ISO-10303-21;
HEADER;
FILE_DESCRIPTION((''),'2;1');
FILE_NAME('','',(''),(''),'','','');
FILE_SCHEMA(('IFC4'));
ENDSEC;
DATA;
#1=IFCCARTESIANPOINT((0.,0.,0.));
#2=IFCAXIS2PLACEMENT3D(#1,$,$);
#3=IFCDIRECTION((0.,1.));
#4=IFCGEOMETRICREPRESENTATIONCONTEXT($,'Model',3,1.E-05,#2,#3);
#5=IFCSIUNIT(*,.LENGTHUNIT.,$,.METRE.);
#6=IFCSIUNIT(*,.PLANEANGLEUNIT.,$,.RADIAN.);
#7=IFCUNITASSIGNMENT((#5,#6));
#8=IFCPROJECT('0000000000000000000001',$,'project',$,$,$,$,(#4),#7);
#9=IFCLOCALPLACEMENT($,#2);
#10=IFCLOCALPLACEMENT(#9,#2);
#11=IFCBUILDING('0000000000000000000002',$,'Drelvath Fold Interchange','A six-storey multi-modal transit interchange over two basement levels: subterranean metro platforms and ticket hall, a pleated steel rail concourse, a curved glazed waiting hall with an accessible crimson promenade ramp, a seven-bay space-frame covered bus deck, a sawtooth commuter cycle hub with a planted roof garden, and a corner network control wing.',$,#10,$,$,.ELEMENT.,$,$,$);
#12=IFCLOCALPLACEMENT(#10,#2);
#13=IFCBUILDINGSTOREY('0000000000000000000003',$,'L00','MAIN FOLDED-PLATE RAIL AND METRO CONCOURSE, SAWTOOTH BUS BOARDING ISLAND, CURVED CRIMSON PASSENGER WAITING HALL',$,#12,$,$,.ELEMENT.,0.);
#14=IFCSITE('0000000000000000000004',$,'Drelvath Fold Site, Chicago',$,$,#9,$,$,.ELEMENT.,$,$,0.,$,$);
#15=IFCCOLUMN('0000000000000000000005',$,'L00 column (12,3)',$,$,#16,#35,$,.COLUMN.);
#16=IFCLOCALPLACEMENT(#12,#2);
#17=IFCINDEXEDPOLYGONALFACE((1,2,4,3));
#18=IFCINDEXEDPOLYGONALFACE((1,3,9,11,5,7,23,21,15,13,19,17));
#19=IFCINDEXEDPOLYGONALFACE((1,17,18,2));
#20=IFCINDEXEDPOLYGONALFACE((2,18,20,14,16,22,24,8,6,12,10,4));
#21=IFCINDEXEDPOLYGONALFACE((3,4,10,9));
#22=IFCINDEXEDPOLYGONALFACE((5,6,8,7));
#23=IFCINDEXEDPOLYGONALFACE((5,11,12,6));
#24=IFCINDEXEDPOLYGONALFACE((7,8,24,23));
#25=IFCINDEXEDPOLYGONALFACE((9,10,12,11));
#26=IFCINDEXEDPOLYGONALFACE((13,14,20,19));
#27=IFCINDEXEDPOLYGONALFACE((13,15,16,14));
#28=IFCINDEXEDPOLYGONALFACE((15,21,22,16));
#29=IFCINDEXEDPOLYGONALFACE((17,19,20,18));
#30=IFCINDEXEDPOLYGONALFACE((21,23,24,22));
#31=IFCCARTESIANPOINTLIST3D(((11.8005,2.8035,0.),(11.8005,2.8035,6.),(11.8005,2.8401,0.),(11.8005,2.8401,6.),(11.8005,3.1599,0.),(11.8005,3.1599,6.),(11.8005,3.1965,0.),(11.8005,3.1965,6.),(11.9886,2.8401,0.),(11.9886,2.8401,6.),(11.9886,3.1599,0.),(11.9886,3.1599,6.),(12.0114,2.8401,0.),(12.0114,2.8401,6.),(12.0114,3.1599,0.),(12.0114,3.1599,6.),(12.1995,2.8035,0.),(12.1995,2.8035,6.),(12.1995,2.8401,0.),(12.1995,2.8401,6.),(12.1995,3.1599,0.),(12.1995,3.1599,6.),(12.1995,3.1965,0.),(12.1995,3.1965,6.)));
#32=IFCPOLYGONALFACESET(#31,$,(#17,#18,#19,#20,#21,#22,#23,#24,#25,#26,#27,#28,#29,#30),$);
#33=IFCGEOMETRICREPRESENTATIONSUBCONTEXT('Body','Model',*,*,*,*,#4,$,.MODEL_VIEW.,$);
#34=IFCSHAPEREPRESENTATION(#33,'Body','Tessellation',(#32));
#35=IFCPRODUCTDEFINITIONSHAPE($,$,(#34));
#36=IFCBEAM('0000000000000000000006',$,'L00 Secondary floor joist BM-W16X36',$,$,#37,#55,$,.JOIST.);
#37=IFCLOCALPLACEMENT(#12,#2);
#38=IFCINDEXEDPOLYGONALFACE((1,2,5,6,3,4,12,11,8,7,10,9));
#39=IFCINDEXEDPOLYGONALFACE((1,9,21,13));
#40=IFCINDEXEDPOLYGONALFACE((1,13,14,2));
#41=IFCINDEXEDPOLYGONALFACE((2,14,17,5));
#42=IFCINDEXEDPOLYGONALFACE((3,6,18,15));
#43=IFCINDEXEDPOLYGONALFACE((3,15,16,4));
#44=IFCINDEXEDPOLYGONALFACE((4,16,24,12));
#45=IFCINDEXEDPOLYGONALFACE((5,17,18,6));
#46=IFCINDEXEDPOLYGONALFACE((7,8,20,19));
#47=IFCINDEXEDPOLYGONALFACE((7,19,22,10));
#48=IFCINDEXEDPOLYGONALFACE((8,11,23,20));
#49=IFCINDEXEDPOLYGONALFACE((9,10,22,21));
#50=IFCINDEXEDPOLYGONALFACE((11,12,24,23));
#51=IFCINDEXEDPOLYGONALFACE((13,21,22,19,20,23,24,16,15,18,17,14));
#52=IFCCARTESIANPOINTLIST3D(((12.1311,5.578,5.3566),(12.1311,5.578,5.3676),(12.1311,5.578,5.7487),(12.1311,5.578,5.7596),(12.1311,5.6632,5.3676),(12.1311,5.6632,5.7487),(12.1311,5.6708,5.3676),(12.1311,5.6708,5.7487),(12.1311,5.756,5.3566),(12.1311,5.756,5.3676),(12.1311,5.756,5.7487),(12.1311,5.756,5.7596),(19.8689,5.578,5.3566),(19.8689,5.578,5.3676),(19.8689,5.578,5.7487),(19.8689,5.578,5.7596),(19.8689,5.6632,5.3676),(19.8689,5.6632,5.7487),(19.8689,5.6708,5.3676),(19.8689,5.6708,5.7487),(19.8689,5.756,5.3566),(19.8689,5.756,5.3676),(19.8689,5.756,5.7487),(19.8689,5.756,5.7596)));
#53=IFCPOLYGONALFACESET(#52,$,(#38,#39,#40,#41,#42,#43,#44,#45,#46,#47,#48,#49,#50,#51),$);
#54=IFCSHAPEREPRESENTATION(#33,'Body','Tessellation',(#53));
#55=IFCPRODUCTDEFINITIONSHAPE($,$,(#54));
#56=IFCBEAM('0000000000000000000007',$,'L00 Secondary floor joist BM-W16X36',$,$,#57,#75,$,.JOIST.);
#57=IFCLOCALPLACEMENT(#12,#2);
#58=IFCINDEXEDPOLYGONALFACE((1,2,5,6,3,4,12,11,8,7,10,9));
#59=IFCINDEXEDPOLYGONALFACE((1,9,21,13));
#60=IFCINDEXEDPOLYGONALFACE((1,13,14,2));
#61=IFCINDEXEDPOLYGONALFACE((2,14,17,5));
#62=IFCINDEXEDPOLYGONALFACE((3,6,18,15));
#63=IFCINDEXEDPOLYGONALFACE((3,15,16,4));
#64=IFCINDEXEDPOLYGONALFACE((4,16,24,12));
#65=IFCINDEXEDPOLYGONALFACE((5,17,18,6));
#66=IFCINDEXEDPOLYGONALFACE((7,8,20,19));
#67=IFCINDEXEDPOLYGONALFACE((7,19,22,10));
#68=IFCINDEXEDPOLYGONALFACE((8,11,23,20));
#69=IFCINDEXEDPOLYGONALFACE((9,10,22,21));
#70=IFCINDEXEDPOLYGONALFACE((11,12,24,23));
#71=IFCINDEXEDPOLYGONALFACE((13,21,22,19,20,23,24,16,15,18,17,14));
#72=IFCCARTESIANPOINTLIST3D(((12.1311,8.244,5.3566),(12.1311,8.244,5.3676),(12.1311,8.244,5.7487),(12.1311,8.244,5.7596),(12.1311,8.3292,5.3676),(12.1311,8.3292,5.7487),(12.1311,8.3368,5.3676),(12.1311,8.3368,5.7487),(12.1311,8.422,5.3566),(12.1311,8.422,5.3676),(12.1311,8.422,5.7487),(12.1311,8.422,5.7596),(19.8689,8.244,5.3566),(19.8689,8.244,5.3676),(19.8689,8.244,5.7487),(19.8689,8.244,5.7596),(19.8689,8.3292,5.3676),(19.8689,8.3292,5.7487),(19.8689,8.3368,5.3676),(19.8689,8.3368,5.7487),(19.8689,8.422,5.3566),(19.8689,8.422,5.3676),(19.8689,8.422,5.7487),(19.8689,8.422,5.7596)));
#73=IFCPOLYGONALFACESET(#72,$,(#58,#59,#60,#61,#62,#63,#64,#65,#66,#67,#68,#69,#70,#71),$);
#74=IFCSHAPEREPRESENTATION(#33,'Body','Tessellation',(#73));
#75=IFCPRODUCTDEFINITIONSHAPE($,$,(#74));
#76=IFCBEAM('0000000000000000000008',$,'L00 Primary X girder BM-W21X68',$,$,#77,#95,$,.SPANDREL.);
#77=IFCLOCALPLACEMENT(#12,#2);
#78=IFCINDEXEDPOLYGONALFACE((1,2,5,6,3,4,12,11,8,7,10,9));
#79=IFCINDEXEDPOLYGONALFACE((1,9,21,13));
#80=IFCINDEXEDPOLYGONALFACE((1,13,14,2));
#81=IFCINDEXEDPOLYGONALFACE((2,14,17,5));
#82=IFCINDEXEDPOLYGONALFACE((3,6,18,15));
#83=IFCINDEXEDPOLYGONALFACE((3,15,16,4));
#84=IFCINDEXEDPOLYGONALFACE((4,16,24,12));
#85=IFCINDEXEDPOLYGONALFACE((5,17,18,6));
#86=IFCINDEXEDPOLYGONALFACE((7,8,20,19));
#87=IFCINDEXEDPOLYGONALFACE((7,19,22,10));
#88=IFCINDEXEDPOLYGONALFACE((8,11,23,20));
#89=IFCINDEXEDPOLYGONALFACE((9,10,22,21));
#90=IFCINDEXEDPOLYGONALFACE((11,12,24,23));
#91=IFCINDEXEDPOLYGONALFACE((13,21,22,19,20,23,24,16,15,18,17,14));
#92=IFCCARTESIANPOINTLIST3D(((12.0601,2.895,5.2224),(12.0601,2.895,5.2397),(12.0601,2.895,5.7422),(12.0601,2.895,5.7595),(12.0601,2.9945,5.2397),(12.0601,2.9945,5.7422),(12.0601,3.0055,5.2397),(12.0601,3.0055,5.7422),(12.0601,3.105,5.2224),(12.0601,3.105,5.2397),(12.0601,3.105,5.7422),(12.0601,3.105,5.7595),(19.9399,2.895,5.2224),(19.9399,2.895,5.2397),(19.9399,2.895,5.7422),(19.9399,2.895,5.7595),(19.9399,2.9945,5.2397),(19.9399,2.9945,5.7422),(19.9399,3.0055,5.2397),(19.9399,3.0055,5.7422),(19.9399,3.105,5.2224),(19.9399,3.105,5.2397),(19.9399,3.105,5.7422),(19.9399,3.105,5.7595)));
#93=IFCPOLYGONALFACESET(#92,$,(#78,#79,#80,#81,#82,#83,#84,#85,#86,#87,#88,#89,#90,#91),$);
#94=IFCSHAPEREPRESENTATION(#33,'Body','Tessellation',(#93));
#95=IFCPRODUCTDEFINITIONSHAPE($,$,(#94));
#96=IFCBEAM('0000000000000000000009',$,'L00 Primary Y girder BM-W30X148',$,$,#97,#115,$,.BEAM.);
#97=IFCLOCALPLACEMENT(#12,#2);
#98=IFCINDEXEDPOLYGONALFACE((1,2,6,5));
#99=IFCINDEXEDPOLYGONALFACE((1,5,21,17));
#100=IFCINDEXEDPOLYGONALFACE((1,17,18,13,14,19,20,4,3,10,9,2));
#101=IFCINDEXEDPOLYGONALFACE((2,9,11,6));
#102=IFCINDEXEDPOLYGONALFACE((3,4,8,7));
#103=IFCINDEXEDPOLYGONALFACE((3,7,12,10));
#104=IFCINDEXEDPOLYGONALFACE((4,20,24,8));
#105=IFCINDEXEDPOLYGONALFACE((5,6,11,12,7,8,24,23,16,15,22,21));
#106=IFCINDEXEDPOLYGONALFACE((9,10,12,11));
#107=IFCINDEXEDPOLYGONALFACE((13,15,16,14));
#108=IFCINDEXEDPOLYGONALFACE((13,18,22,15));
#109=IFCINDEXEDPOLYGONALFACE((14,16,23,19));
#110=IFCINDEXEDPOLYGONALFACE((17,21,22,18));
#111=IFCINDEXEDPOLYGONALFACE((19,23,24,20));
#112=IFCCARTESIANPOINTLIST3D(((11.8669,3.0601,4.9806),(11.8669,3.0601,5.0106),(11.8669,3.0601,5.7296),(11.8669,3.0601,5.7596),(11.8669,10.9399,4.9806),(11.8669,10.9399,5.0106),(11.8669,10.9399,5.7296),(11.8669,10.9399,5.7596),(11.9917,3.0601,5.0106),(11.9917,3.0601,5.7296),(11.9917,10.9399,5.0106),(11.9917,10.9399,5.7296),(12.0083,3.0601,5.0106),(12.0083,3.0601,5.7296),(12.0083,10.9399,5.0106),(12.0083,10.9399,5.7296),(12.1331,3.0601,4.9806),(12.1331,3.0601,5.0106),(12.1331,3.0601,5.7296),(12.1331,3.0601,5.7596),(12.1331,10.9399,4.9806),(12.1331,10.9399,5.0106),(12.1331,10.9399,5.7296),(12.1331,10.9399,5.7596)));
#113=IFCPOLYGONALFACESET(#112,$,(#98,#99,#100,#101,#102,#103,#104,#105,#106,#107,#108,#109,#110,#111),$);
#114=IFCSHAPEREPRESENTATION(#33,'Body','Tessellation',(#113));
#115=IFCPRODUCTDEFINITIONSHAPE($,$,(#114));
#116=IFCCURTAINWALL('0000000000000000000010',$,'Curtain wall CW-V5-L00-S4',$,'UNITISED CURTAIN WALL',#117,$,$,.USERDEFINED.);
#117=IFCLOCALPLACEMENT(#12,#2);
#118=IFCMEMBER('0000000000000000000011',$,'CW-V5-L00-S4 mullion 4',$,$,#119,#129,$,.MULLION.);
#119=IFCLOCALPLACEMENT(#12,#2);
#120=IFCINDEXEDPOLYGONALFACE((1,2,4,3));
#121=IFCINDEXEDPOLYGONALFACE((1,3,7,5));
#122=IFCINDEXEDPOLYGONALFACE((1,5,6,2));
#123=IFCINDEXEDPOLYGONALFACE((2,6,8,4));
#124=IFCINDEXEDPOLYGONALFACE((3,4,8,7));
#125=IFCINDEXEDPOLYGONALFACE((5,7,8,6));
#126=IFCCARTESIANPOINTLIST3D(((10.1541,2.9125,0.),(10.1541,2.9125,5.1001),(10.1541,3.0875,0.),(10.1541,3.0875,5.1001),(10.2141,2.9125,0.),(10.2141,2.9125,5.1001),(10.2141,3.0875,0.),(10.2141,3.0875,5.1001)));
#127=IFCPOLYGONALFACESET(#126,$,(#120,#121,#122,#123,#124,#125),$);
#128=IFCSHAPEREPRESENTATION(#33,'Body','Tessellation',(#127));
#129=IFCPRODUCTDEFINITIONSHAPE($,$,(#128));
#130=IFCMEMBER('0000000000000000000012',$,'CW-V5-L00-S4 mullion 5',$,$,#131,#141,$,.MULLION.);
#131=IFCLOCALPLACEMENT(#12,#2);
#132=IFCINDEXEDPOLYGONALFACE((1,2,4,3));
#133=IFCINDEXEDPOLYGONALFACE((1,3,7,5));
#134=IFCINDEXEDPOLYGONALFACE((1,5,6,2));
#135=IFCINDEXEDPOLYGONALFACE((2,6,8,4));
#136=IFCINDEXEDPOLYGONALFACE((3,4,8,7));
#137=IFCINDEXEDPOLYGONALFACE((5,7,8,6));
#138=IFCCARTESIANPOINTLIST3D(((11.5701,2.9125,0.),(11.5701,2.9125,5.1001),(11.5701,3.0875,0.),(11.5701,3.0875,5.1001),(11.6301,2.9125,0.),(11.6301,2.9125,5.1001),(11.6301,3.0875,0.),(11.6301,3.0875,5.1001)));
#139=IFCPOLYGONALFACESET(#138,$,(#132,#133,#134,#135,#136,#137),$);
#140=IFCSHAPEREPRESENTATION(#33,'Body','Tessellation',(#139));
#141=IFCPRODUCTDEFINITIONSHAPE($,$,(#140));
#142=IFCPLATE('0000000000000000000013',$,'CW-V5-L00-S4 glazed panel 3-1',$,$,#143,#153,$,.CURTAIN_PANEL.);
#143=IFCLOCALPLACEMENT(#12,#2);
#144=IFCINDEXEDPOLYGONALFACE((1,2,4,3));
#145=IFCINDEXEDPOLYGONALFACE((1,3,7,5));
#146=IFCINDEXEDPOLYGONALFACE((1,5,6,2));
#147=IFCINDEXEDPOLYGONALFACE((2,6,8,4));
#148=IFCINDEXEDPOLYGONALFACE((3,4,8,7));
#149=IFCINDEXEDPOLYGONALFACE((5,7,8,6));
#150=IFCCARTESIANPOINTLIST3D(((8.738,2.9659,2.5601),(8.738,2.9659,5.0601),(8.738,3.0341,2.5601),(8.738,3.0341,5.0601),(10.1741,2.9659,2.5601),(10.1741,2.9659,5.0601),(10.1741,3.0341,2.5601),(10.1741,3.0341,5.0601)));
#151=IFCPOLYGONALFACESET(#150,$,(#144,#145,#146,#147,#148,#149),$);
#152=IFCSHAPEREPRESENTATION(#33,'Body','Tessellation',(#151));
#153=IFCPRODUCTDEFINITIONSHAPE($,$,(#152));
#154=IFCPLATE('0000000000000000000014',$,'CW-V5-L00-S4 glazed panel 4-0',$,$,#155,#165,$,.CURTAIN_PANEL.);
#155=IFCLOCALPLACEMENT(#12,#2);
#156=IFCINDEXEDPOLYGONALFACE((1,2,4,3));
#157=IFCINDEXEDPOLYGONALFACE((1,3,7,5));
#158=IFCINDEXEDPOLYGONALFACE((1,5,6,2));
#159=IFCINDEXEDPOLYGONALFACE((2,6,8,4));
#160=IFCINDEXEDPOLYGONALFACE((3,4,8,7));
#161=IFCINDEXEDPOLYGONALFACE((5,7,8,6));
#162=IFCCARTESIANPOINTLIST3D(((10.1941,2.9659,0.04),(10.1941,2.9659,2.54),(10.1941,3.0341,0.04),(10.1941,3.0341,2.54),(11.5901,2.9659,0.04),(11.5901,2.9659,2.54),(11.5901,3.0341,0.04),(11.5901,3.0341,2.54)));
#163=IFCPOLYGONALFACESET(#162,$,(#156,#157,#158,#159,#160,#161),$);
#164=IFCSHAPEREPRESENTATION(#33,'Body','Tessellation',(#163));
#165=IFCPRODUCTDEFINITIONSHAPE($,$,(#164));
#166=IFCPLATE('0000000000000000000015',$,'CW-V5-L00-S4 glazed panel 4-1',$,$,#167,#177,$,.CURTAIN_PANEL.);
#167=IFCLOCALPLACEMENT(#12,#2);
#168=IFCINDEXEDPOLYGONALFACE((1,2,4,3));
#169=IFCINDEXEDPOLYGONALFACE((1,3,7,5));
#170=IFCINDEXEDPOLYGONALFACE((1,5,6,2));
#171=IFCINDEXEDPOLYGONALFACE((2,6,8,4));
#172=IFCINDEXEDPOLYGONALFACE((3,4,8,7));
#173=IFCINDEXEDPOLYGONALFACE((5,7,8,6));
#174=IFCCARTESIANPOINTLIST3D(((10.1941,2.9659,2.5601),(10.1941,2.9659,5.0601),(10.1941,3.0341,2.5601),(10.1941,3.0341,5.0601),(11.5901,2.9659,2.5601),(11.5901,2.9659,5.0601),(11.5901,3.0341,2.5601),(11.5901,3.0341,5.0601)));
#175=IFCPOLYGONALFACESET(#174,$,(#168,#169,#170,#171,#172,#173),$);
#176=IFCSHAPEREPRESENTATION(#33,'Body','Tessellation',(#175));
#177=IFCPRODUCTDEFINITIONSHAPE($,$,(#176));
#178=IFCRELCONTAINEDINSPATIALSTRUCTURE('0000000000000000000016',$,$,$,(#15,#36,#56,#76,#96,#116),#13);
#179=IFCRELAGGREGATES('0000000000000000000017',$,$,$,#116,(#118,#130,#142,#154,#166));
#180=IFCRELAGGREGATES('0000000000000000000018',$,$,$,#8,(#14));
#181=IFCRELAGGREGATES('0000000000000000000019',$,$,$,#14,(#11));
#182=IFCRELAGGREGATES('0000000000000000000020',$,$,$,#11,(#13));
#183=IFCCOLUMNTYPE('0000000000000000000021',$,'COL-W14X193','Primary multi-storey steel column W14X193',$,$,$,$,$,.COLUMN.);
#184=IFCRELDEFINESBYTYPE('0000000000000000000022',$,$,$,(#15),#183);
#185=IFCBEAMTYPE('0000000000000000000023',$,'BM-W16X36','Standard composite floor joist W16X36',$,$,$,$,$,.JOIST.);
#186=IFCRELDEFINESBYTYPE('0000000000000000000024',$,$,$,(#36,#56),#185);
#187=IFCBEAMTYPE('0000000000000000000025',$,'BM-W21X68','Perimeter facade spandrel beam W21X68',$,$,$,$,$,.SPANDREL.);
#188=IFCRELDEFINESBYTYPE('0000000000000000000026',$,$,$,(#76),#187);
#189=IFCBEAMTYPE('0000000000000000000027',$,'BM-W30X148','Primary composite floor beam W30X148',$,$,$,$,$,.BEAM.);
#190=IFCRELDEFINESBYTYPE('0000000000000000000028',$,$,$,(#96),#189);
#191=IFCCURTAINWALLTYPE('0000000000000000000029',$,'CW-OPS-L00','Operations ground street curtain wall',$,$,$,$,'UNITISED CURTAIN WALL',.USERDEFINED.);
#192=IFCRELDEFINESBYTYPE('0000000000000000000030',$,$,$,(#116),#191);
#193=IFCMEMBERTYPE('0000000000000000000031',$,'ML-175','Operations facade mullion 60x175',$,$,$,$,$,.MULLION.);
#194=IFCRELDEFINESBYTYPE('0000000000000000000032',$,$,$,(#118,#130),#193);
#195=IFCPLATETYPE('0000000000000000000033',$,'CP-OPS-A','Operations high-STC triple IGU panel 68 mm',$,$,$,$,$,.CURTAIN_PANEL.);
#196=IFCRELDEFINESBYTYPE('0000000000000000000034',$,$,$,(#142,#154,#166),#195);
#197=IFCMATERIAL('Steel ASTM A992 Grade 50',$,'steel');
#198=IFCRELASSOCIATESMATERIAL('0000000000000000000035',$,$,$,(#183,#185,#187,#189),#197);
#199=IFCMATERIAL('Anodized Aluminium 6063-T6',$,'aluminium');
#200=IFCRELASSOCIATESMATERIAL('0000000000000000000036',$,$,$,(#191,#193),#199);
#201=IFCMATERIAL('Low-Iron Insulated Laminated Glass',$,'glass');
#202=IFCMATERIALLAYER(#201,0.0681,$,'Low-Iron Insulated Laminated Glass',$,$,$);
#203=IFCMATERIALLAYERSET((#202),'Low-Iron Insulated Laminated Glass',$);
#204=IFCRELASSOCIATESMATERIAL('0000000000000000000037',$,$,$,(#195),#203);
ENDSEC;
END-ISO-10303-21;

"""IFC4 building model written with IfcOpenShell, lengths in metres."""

from ifc_helpers import new_model, si_unit, direction, frame, origin, origin_2d, place, context, subcontext, project, spatial, rectangle, i_section, extrude, material, layer, layer_set, material_profile, profile_set, type_object, element, aggregate, save


model = new_model("IFC4")

# Units and contexts
model_context = context("Model", 3, precision=1e-05, world=origin(), true_north=direction((0.0, 1.0)))
body_context = subcontext(model_context, "Body", "Model", "MODEL_VIEW")
ifc_project = project(units=[si_unit("LENGTHUNIT", "METRE"), si_unit("PLANEANGLEUNIT", "RADIAN")], contexts=[model_context])

# Site, building, storey
site_placement = place(None, origin())
site = spatial("IfcSite", under=ifc_project, at=site_placement, Name="Drelvath Fold Site, Chicago", CompositionType="ELEMENT", RefElevation=0.0)
building_placement = place(site_placement, origin())
building = spatial("IfcBuilding", under=site, at=building_placement, Name="Drelvath Fold Interchange", Description="A six-storey multi-modal transit interchange over two basement levels: subterranean metro platforms and ticket hall, a pleated steel rail concourse, a curved glazed waiting hall with an accessible crimson promenade ramp, a seven-bay space-frame covered bus deck, a sawtooth commuter cycle hub with a planted roof garden, and a corner network control wing.", CompositionType="ELEMENT")
storey_placement = place(building_placement, origin())
storey = spatial("IfcBuildingStorey", under=building, at=storey_placement, Name="L00", Description="MAIN FOLDED-PLATE RAIL AND METRO CONCOURSE, SAWTOOTH BUS BOARDING ISLAND, CURVED CRIMSON PASSENGER WAITING HALL", CompositionType="ELEMENT", Elevation=0.0)

# Column
ifc_material_1 = material(Name="Steel ASTM A992 Grade 50", Category="steel")
ifc_material_profile_1 = material_profile(ifc_material_1, i_section(OverallWidth=0.3989, OverallDepth=0.3931, WebThickness=0.0227, FlangeThickness=0.0366, at=origin_2d()), Name="W14X193")
ifc_profile_set_1 = profile_set([ifc_material_profile_1], Name="Steel ASTM A992 Grade 50")
column_type = type_object("IfcColumnType", Name="COL-W14X193", Description="Primary multi-storey steel column W14X193", PredefinedType="COLUMN", material=ifc_profile_set_1)
column_placement = place(storey_placement, frame((12.0, 3.0, 0.0), z_axis=(0.0, 0.0, 1.0), x_axis=(1.0, 0.0, 0.0)))
element("IfcColumn", 1, at=column_placement, inside=storey, type_object=column_type, Name="L00 column (12,3)", PredefinedType="COLUMN", context=body_context, shape_type="SweptSolid", body=[
    extrude(i_section(OverallWidth=0.3989, OverallDepth=0.3931, WebThickness=0.0227, FlangeThickness=0.0366, at=origin_2d()), origin(), (0.0, 0.0, 1.0), 6.0),
])

# Beams
ifc_material_profile_2 = material_profile(ifc_material_1, i_section(OverallWidth=0.178, OverallDepth=0.4031, WebThickness=0.0076, FlangeThickness=0.011, at=origin_2d()), Name="W16X36")
ifc_profile_set_2 = profile_set([ifc_material_profile_2], Name="Steel ASTM A992 Grade 50")
beam_type_1 = type_object("IfcBeamType", Name="BM-W16X36", Description="Standard composite floor joist W16X36", PredefinedType="JOIST", material=ifc_profile_set_2)
for number, where, z_axis, x_axis, name in (
    (2, (12.1311, 5.667, 5.5581), (1.0, 0.0, 0.0), (0.0, 1.0, 0.0), "L00 Secondary floor joist BM-W16X36"),
    (3, (12.1311, 8.333, 5.5581), (1.0, 0.0, 0.0), (0.0, 1.0, 0.0), "L00 Secondary floor joist BM-W16X36"),
):
    element("IfcBeam", number, at=place(storey_placement, frame(where, z_axis=z_axis, x_axis=x_axis)), inside=storey, type_object=beam_type_1, Name=name, PredefinedType="JOIST", context=body_context, shape_type="SweptSolid", body=[
        extrude(i_section(OverallWidth=0.178, OverallDepth=0.4031, WebThickness=0.0076, FlangeThickness=0.011, at=origin_2d()), origin(), (0.0, 0.0, 1.0), 7.7378),
    ])
ifc_material_profile_3 = material_profile(ifc_material_1, i_section(OverallWidth=0.21, OverallDepth=0.5371, WebThickness=0.011, FlangeThickness=0.0173, at=origin_2d()), Name="W21X68")
ifc_profile_set_3 = profile_set([ifc_material_profile_3], Name="Steel ASTM A992 Grade 50")
beam_type_2 = type_object("IfcBeamType", Name="BM-W21X68", Description="Perimeter facade spandrel beam W21X68", PredefinedType="SPANDREL", material=ifc_profile_set_3)
beam_1_placement = place(storey_placement, frame((12.0601, 3.0, 5.491), z_axis=(1.0, 0.0, 0.0), x_axis=(0.0, 1.0, 0.0)))
element("IfcBeam", 4, at=beam_1_placement, inside=storey, type_object=beam_type_2, Name="L00 Primary X girder BM-W21X68", PredefinedType="SPANDREL", context=body_context, shape_type="SweptSolid", body=[
    extrude(i_section(OverallWidth=0.21, OverallDepth=0.5371, WebThickness=0.011, FlangeThickness=0.0173, at=origin_2d()), origin(), (0.0, 0.0, 1.0), 7.8799),
])
ifc_material_profile_4 = material_profile(ifc_material_1, i_section(OverallWidth=0.2661, OverallDepth=0.7791, WebThickness=0.0166, FlangeThickness=0.03, at=origin_2d()), Name="W30X148")
ifc_profile_set_4 = profile_set([ifc_material_profile_4], Name="Steel ASTM A992 Grade 50")
beam_type_3 = type_object("IfcBeamType", Name="BM-W30X148", Description="Primary composite floor beam W30X148", PredefinedType="BEAM", material=ifc_profile_set_4)
beam_2_placement = place(storey_placement, frame((12.0, 3.0601, 5.3701), z_axis=(0.0, 1.0, 0.0), x_axis=(-1.0, 0.0, 0.0)))
element("IfcBeam", 5, at=beam_2_placement, inside=storey, type_object=beam_type_3, Name="L00 Primary Y girder BM-W30X148", PredefinedType="BEAM", context=body_context, shape_type="SweptSolid", body=[
    extrude(i_section(OverallWidth=0.2661, OverallDepth=0.7791, WebThickness=0.0166, FlangeThickness=0.03, at=origin_2d()), origin(), (0.0, 0.0, 1.0), 7.8799),
])

# Curtain wall, members, plates
ifc_material_2 = material(Name="Anodized Aluminium 6063-T6", Category="aluminium")
curtain_wall_type = type_object("IfcCurtainWallType", Name="CW-OPS-L00", Description="Operations ground street curtain wall", ElementType="UNITISED CURTAIN WALL", PredefinedType="USERDEFINED", material=ifc_material_2)
curtain_wall_placement = place(storey_placement, origin())
curtain_wall = element("IfcCurtainWall", 6, at=curtain_wall_placement, inside=storey, type_object=curtain_wall_type, Name="Curtain wall CW-V5-L00-S4", ObjectType="UNITISED CURTAIN WALL", PredefinedType="USERDEFINED")
ifc_material_profile_5 = material_profile(ifc_material_2, rectangle(XDim=0.0601, YDim=0.175, at=origin_2d()), Name="AL-M 60x175")
ifc_profile_set_5 = profile_set([ifc_material_profile_5], Name="Anodized Aluminium 6063-T6")
member_type = type_object("IfcMemberType", Name="ML-175", Description="Operations facade mullion 60x175", PredefinedType="MULLION", material=ifc_profile_set_5)
member_1_placement = place(storey_placement, frame((10.1841, 3.0, 0.0), z_axis=(0.0, 0.0, 1.0), x_axis=(1.0, 0.0, 0.0)))
member_1 = element("IfcMember", 7, at=member_1_placement, type_object=member_type, Name="CW-V5-L00-S4 mullion 4", PredefinedType="MULLION", context=body_context, shape_type="SweptSolid", body=[
    extrude(rectangle(XDim=0.0601, YDim=0.175, at=origin_2d()), origin(), (0.0, 0.0, 1.0), 5.1001),
])
member_2_placement = place(storey_placement, frame((11.6001, 3.0, 0.0), z_axis=(0.0, 0.0, 1.0), x_axis=(1.0, 0.0, 0.0)))
member_2 = element("IfcMember", 8, at=member_2_placement, type_object=member_type, Name="CW-V5-L00-S4 mullion 5", PredefinedType="MULLION", context=body_context, shape_type="SweptSolid", body=[
    extrude(rectangle(XDim=0.0601, YDim=0.175, at=origin_2d()), origin(), (0.0, 0.0, 1.0), 5.1001),
])
ifc_material_3 = material(Name="Low-Iron Insulated Laminated Glass", Category="glass")
ifc_layer_1 = layer(ifc_material_3, 0.0681, Name="Low-Iron Insulated Laminated Glass")
ifc_layer_set_1 = layer_set([ifc_layer_1], Name="Low-Iron Insulated Laminated Glass")
plate_type = type_object("IfcPlateType", Name="CP-OPS-A", Description="Operations high-STC triple IGU panel 68 mm", PredefinedType="CURTAIN_PANEL", material=ifc_layer_set_1)
plate_1_placement = place(storey_placement, frame((9.4561, 3.0, 2.5601), z_axis=(0.0, 0.0, 1.0), x_axis=(1.0, 0.0, 0.0)))
plate_1 = element("IfcPlate", 9, at=plate_1_placement, type_object=plate_type, Name="CW-V5-L00-S4 glazed panel 3-1", PredefinedType="CURTAIN_PANEL", context=body_context, shape_type="SweptSolid", body=[
    extrude(rectangle(XDim=1.436, YDim=0.0681, at=origin_2d()), origin(), (0.0, 0.0, 1.0), 2.5),
])
plate_2_placement = place(storey_placement, frame((10.8921, 3.0, 0.04), z_axis=(0.0, 0.0, 1.0), x_axis=(1.0, 0.0, 0.0)))
plate_2 = element("IfcPlate", 10, at=plate_2_placement, type_object=plate_type, Name="CW-V5-L00-S4 glazed panel 4-0", PredefinedType="CURTAIN_PANEL", context=body_context, shape_type="SweptSolid", body=[
    extrude(rectangle(XDim=1.396, YDim=0.0681, at=origin_2d()), origin(), (0.0, 0.0, 1.0), 2.5),
])
plate_3_placement = place(storey_placement, frame((10.8921, 3.0, 2.5601), z_axis=(0.0, 0.0, 1.0), x_axis=(1.0, 0.0, 0.0)))
plate_3 = element("IfcPlate", 11, at=plate_3_placement, type_object=plate_type, Name="CW-V5-L00-S4 glazed panel 4-1", PredefinedType="CURTAIN_PANEL", context=body_context, shape_type="SweptSolid", body=[
    extrude(rectangle(XDim=1.396, YDim=0.0681, at=origin_2d()), origin(), (0.0, 0.0, 1.0), 2.5),
])
aggregate(curtain_wall, [member_1, member_2, plate_1, plate_2, plate_3])

save(model, "model.ifc")
